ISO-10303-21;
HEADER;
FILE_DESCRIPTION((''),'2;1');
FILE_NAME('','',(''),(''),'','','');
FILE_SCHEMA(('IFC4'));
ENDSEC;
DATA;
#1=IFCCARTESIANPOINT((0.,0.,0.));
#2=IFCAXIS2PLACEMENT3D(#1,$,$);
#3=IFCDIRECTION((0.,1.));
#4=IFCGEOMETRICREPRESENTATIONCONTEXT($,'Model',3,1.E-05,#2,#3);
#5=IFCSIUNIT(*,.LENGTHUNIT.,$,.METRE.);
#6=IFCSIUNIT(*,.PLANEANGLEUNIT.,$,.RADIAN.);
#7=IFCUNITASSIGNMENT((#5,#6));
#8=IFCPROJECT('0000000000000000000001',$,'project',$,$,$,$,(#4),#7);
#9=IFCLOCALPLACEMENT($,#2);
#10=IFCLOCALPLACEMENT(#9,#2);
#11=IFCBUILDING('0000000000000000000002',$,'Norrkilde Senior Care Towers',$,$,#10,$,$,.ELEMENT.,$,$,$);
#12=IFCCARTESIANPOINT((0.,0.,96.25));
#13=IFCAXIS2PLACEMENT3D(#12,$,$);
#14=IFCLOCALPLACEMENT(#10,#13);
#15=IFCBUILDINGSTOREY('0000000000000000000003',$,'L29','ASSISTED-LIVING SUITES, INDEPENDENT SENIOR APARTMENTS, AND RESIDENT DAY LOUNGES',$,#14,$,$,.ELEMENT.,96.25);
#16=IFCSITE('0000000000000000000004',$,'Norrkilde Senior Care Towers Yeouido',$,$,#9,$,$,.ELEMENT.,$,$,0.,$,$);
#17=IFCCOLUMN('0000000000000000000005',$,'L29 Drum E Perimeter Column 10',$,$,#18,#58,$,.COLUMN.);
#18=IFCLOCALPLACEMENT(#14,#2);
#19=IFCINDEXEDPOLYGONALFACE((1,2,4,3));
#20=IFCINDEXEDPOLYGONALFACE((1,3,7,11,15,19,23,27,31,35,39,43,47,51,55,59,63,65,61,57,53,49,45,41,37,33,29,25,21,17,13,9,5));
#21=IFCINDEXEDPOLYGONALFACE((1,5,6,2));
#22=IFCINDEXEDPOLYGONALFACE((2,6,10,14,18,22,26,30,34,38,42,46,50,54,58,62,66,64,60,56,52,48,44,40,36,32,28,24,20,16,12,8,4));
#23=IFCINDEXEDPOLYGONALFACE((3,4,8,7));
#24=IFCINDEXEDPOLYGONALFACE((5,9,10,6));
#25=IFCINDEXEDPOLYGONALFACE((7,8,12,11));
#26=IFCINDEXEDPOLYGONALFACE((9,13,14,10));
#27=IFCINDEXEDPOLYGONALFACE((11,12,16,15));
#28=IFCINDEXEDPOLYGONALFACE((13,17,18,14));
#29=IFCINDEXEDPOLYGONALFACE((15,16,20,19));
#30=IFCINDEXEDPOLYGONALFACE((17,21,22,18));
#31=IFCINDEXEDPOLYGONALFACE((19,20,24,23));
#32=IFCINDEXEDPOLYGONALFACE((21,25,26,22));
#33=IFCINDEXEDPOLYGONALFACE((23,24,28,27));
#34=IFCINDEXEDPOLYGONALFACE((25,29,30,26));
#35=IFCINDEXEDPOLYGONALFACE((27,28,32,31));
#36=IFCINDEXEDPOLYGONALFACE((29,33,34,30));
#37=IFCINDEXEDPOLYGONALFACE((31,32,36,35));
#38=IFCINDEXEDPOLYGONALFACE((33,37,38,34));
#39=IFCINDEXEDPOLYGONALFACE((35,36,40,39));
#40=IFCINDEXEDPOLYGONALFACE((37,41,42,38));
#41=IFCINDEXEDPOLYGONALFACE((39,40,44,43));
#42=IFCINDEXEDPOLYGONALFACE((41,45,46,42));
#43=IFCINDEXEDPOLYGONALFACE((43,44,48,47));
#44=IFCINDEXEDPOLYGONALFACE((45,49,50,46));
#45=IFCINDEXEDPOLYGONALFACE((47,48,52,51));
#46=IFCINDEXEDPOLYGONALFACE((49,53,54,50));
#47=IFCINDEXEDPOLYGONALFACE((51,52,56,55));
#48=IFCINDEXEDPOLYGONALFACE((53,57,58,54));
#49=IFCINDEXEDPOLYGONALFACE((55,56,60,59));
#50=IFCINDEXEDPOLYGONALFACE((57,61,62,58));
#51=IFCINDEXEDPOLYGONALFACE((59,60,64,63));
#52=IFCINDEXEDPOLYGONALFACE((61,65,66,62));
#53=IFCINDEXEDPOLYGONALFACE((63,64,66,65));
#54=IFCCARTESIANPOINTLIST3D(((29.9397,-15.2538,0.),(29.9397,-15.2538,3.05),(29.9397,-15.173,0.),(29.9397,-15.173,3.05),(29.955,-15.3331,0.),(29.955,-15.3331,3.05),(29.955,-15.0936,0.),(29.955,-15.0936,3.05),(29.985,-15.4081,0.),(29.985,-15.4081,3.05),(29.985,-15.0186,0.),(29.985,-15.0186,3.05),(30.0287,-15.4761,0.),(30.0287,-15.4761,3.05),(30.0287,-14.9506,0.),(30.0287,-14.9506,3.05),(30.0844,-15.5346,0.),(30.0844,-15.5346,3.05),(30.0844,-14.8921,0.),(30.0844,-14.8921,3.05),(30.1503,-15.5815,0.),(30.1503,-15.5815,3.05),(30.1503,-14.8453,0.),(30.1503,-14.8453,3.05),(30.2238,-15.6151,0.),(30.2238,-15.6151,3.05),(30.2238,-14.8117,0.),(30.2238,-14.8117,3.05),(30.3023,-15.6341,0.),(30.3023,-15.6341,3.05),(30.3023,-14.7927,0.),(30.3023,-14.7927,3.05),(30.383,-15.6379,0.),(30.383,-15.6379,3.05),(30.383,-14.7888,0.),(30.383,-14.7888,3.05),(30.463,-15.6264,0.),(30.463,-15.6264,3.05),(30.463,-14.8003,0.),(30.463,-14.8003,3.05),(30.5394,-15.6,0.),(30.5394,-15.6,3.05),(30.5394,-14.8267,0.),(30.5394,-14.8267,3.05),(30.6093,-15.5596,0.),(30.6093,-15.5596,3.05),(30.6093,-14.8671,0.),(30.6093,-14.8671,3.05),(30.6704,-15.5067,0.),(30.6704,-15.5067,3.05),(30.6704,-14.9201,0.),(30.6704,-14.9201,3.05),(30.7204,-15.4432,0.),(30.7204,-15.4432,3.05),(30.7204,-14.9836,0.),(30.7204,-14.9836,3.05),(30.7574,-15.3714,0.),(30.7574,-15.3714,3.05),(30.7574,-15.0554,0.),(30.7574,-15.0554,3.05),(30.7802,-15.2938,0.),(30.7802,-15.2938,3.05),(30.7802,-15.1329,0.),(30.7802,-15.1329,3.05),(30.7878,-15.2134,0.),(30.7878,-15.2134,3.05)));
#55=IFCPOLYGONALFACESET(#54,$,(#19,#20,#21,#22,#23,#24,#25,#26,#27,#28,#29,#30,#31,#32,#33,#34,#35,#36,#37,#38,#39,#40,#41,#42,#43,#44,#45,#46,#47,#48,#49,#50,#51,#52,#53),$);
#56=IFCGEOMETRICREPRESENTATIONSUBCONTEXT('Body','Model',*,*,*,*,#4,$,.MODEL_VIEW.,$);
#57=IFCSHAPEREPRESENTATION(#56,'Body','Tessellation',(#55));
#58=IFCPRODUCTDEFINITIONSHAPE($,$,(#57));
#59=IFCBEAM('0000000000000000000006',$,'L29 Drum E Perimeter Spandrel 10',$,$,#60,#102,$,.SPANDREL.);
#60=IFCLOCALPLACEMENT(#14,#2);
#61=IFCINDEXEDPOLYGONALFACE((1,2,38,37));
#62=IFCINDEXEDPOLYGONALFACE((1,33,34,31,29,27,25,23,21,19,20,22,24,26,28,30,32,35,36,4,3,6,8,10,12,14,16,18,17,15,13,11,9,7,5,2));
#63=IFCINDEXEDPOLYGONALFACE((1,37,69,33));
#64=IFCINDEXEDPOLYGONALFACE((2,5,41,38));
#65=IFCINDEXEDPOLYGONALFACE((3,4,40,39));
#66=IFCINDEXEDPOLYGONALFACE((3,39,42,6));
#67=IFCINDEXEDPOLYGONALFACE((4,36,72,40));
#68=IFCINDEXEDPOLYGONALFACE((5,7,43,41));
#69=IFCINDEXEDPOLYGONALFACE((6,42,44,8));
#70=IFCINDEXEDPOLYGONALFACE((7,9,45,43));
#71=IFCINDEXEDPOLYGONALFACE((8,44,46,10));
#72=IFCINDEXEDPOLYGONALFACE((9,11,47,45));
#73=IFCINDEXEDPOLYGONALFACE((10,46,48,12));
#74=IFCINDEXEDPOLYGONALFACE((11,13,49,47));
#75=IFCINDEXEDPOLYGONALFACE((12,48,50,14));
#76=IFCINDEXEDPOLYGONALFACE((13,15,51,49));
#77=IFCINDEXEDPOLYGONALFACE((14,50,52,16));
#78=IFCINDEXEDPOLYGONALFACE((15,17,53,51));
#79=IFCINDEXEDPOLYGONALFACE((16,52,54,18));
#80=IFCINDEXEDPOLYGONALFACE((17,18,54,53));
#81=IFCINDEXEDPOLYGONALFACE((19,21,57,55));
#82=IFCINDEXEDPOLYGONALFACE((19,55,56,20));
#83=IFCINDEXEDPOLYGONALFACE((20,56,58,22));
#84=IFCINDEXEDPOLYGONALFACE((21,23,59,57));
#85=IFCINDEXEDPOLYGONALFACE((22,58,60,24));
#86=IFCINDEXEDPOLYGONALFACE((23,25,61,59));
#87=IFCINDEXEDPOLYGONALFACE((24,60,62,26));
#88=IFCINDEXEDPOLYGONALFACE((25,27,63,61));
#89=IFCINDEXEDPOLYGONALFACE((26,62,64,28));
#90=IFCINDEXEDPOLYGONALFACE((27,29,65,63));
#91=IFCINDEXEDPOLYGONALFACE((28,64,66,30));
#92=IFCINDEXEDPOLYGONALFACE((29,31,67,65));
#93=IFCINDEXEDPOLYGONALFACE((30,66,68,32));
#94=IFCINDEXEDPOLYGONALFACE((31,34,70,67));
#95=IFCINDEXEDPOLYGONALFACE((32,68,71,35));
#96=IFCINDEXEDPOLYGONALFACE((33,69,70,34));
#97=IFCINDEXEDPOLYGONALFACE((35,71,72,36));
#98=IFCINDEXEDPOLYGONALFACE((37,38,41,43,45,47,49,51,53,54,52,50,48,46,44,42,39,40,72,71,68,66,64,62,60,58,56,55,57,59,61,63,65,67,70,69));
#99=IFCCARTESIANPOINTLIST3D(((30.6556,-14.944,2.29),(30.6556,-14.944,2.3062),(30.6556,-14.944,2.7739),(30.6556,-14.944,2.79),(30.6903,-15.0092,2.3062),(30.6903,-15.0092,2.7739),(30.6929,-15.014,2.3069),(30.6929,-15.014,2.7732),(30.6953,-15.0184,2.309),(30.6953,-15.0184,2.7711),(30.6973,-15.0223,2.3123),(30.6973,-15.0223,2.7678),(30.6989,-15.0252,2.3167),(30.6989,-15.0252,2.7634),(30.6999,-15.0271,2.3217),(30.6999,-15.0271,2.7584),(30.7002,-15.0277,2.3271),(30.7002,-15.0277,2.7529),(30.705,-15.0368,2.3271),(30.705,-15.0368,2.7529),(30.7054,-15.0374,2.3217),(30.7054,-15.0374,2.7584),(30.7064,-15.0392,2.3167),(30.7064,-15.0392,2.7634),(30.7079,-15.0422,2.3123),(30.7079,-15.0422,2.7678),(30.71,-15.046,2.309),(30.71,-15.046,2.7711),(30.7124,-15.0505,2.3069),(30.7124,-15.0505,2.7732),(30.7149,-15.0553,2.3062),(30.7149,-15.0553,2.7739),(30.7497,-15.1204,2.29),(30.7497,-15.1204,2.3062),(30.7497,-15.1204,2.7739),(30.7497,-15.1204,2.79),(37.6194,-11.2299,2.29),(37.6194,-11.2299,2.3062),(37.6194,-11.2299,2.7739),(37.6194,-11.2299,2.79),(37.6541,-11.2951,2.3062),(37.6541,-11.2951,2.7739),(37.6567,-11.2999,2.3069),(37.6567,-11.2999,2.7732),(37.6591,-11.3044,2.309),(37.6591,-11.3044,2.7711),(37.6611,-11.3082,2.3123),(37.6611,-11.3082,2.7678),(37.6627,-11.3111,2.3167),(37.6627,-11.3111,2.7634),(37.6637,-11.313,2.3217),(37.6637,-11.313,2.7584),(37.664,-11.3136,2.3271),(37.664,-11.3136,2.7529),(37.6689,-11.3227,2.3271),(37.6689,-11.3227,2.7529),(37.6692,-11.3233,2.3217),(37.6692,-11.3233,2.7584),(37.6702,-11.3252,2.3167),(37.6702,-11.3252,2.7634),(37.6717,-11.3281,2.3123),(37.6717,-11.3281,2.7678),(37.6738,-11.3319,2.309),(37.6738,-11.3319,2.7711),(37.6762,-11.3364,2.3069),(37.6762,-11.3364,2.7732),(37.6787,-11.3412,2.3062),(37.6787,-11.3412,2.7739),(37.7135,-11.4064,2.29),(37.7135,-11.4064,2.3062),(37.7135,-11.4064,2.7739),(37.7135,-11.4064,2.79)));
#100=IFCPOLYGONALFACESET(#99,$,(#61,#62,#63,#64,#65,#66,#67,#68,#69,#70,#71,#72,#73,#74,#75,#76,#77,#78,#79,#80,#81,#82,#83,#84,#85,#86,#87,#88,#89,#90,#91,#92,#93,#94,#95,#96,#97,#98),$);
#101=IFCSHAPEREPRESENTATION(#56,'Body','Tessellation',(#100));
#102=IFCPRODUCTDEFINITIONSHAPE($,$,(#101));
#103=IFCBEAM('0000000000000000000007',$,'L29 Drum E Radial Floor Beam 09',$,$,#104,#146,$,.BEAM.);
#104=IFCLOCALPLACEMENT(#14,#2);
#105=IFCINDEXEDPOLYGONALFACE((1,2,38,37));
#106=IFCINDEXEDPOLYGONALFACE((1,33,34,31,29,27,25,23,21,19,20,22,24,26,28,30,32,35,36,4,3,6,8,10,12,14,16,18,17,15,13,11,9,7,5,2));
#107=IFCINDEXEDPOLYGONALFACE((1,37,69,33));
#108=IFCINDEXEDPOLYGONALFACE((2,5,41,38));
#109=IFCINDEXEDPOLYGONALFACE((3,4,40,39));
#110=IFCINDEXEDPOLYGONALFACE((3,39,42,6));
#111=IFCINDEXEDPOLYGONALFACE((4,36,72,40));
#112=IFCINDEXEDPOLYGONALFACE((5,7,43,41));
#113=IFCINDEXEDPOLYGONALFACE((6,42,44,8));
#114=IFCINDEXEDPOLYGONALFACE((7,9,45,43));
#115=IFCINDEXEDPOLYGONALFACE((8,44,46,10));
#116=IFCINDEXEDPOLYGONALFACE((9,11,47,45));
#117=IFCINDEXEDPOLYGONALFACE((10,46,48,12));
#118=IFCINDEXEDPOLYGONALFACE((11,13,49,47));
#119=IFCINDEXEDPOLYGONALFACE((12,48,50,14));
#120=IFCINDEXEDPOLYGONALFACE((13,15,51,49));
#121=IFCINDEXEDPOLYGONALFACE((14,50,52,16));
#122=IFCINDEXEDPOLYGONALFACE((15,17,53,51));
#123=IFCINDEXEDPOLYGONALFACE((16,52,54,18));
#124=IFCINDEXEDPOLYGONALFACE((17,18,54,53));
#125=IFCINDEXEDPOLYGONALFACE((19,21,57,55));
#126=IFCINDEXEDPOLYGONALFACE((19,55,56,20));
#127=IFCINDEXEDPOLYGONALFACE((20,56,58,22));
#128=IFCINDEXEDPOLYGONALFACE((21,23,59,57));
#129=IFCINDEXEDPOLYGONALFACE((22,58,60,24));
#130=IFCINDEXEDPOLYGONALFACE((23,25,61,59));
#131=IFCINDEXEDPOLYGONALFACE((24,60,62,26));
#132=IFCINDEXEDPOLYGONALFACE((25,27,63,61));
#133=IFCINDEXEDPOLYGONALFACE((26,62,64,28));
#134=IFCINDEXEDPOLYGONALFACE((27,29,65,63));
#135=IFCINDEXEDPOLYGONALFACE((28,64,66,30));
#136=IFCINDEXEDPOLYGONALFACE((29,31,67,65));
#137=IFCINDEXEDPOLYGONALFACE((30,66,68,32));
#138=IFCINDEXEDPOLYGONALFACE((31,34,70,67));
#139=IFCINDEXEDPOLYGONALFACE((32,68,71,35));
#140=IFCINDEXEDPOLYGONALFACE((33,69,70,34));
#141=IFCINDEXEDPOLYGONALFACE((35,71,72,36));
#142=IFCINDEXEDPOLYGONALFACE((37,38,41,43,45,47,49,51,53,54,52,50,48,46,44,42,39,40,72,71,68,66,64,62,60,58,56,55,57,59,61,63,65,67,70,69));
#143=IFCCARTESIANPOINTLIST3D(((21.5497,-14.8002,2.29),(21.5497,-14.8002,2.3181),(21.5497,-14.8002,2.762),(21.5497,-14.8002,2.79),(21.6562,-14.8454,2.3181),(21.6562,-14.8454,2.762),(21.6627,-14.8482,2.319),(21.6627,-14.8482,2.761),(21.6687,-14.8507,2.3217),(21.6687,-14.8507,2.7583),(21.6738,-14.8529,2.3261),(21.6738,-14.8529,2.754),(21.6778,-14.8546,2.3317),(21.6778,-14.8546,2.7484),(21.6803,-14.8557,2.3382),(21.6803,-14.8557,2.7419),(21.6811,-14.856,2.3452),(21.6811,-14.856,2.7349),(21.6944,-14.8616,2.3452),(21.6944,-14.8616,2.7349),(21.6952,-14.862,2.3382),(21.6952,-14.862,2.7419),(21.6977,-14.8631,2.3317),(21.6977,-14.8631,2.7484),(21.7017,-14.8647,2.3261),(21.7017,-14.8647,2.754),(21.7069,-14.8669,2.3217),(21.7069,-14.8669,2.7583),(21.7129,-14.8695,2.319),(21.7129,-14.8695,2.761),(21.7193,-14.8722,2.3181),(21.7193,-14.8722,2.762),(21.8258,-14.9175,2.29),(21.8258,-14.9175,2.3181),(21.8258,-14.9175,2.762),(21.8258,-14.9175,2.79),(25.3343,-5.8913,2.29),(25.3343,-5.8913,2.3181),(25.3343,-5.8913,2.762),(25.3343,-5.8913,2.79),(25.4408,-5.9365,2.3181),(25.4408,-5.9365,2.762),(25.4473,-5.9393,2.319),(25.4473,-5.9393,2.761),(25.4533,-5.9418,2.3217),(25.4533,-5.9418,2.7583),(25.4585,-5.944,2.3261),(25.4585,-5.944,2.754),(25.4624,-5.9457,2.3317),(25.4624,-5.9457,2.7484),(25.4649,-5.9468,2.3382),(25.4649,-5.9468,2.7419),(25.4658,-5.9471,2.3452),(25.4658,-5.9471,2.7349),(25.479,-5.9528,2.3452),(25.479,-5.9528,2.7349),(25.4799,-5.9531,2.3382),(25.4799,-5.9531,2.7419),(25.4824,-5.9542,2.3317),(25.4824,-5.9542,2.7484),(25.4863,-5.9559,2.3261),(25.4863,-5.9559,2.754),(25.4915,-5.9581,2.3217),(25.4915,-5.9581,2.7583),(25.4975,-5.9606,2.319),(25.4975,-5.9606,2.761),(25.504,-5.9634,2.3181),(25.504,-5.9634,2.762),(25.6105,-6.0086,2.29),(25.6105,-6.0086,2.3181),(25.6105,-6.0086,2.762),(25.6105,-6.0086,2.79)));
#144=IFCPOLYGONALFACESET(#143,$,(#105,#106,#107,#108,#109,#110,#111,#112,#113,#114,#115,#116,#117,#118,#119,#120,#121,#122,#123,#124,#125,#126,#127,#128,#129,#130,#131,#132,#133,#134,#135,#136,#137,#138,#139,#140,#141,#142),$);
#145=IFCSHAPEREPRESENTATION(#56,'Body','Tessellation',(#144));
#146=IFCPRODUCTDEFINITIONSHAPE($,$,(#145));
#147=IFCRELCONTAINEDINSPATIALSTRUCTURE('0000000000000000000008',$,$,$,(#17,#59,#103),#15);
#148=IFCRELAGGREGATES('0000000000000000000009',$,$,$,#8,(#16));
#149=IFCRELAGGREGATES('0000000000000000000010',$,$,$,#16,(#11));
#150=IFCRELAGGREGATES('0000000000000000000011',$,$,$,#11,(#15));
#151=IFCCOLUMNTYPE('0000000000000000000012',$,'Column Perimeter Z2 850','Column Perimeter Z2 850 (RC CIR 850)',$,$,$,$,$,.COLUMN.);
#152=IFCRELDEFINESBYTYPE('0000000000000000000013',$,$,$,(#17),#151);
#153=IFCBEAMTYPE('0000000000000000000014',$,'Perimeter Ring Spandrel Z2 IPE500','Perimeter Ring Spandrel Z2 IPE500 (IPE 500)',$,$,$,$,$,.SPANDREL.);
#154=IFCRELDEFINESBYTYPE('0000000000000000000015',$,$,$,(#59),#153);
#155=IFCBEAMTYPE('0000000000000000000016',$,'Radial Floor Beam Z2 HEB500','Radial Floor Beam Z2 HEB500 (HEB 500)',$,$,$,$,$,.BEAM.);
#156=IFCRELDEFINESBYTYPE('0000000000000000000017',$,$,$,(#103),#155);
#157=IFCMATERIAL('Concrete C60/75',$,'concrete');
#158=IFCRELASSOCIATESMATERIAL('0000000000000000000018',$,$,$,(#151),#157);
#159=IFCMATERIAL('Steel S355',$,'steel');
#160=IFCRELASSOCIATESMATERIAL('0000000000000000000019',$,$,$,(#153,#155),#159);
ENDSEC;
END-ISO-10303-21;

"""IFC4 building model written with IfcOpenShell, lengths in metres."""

from ifc_helpers import new_model, si_unit, direction, frame, origin, origin_2d, place, context, subcontext, project, spatial, circle, i_section, extrude, source, transform, mapped, material, material_profile, profile_set, type_object, type_shapes, element, save


model = new_model("IFC4")

# Units and contexts
model_context = context("Model", 3, precision=1e-05, world=origin(), true_north=direction((0.0, 1.0)))
body_context = subcontext(model_context, "Body", "Model", "MODEL_VIEW")
ifc_project = project(units=[si_unit("LENGTHUNIT", "METRE"), si_unit("PLANEANGLEUNIT", "RADIAN")], contexts=[model_context])

# Site, building, storey
site_placement = place(None, origin())
site = spatial("IfcSite", under=ifc_project, at=site_placement, Name="Norrkilde Senior Care Towers Yeouido", CompositionType="ELEMENT", RefElevation=0.0)
building_placement = place(site_placement, origin())
building = spatial("IfcBuilding", under=site, at=building_placement, Name="Norrkilde Senior Care Towers", CompositionType="ELEMENT")
storey_placement = place(building_placement, frame((0.0, 0.0, 96.25)))
storey = spatial("IfcBuildingStorey", under=building, at=storey_placement, Name="L29", Description="ASSISTED-LIVING SUITES, INDEPENDENT SENIOR APARTMENTS, AND RESIDENT DAY LOUNGES", CompositionType="ELEMENT", Elevation=96.25)

# Column
ifc_material_1 = material(Name="Concrete C60/75", Category="concrete")
ifc_material_profile_1 = material_profile(ifc_material_1, circle(Radius=0.425, at=origin_2d()), Name="RC CIR 850")
ifc_profile_set_1 = profile_set([ifc_material_profile_1], Name="Concrete C60/75")
column_type = type_object("IfcColumnType", Name="Column Perimeter Z2 850", Description="Column Perimeter Z2 850 (RC CIR 850)", PredefinedType="COLUMN", material=ifc_profile_set_1)
shared_shape_1 = source(origin(), body_context, "Body", "SweptSolid", [
    extrude(circle(Radius=0.425, at=origin_2d()), origin(), (0.0, 0.0, 1.0), 3.05),
])
type_shapes(column_type, [shared_shape_1])
column_placement = place(storey_placement, frame((30.3628, -15.2134, 0.0), z_axis=(0.0, 0.0, 1.0), x_axis=(1.0, 0.0, 0.0)))
element("IfcColumn", 1, at=column_placement, inside=storey, type_object=column_type, Name="L29 Drum E Perimeter Column 10", PredefinedType="COLUMN", context=body_context, shape_type="MappedRepresentation", body=[
    mapped(shared_shape_1, transform((0.0, 0.0, 0.0), x_axis=(1.0, 0.0, 0.0), y_axis=(0.0, 1.0, 0.0), z_axis=(0.0, 0.0, 1.0), scale=1.0)),
])

# Beams
ifc_material_2 = material(Name="Steel S355", Category="steel")
ifc_material_profile_2 = material_profile(ifc_material_2, i_section(OverallWidth=0.2, OverallDepth=0.5, WebThickness=0.0103, FlangeThickness=0.0161, FilletRadius=0.021, at=origin_2d()), Name="IPE 500")
ifc_profile_set_2 = profile_set([ifc_material_profile_2], Name="Steel S355")
beam_type_1 = type_object("IfcBeamType", Name="Perimeter Ring Spandrel Z2 IPE500", Description="Perimeter Ring Spandrel Z2 IPE500 (IPE 500)", PredefinedType="SPANDREL", material=ifc_profile_set_2)
shared_shape_2 = source(origin(), body_context, "Body", "SweptSolid", [
    extrude(i_section(OverallWidth=0.2, OverallDepth=0.5, WebThickness=0.0103, FlangeThickness=0.0161, FilletRadius=0.021, at=origin_2d()), origin(), (0.0, 0.0, 1.0), 7.8923),
])
type_shapes(beam_type_1, [shared_shape_2])
beam_1_placement = place(storey_placement, frame((30.7026, -15.0322, 2.54), z_axis=(0.88235, 0.470593, 0.0), x_axis=(-0.470593, 0.88235, 0.0)))
element("IfcBeam", 2, at=beam_1_placement, inside=storey, type_object=beam_type_1, Name="L29 Drum E Perimeter Spandrel 10", PredefinedType="SPANDREL", context=body_context, shape_type="MappedRepresentation", body=[
    mapped(shared_shape_2, transform((0.0, 0.0, 0.0), x_axis=(1.0, 0.0, 0.0), y_axis=(0.0, 1.0, 0.0), z_axis=(0.0, 0.0, 1.0), scale=1.0)),
])
ifc_material_profile_3 = material_profile(ifc_material_2, i_section(OverallWidth=0.3, OverallDepth=0.5, WebThickness=0.0144, FlangeThickness=0.0281, FilletRadius=0.0271, at=origin_2d()), Name="HEB 500")
ifc_profile_set_3 = profile_set([ifc_material_profile_3], Name="Steel S355")
beam_type_2 = type_object("IfcBeamType", Name="Radial Floor Beam Z2 HEB500", Description="Radial Floor Beam Z2 HEB500 (HEB 500)", PredefinedType="BEAM", material=ifc_profile_set_3)
shared_shape_3 = source(origin(), body_context, "Body", "SweptSolid", [
    extrude(i_section(OverallWidth=0.3, OverallDepth=0.5, WebThickness=0.0144, FlangeThickness=0.0281, FilletRadius=0.0271, at=origin_2d()), origin(), (0.0, 0.0, 1.0), 9.6794),
])
beam_2_placement = place(storey_placement, frame((25.4724, -5.95, 2.54), z_axis=(-0.390998, -0.920392, 0.0), x_axis=(0.920392, -0.390998, 0.0)))
element("IfcBeam", 3, at=beam_2_placement, inside=storey, type_object=beam_type_2, Name="L29 Drum E Radial Floor Beam 09", PredefinedType="BEAM", context=body_context, shape_type="MappedRepresentation", body=[
    mapped(shared_shape_3, transform((0.0, 0.0, 0.0), x_axis=(1.0, 0.0, 0.0), y_axis=(0.0, 1.0, 0.0), z_axis=(0.0, 0.0, 1.0), scale=1.0)),
])

save(model, "model.ifc")
